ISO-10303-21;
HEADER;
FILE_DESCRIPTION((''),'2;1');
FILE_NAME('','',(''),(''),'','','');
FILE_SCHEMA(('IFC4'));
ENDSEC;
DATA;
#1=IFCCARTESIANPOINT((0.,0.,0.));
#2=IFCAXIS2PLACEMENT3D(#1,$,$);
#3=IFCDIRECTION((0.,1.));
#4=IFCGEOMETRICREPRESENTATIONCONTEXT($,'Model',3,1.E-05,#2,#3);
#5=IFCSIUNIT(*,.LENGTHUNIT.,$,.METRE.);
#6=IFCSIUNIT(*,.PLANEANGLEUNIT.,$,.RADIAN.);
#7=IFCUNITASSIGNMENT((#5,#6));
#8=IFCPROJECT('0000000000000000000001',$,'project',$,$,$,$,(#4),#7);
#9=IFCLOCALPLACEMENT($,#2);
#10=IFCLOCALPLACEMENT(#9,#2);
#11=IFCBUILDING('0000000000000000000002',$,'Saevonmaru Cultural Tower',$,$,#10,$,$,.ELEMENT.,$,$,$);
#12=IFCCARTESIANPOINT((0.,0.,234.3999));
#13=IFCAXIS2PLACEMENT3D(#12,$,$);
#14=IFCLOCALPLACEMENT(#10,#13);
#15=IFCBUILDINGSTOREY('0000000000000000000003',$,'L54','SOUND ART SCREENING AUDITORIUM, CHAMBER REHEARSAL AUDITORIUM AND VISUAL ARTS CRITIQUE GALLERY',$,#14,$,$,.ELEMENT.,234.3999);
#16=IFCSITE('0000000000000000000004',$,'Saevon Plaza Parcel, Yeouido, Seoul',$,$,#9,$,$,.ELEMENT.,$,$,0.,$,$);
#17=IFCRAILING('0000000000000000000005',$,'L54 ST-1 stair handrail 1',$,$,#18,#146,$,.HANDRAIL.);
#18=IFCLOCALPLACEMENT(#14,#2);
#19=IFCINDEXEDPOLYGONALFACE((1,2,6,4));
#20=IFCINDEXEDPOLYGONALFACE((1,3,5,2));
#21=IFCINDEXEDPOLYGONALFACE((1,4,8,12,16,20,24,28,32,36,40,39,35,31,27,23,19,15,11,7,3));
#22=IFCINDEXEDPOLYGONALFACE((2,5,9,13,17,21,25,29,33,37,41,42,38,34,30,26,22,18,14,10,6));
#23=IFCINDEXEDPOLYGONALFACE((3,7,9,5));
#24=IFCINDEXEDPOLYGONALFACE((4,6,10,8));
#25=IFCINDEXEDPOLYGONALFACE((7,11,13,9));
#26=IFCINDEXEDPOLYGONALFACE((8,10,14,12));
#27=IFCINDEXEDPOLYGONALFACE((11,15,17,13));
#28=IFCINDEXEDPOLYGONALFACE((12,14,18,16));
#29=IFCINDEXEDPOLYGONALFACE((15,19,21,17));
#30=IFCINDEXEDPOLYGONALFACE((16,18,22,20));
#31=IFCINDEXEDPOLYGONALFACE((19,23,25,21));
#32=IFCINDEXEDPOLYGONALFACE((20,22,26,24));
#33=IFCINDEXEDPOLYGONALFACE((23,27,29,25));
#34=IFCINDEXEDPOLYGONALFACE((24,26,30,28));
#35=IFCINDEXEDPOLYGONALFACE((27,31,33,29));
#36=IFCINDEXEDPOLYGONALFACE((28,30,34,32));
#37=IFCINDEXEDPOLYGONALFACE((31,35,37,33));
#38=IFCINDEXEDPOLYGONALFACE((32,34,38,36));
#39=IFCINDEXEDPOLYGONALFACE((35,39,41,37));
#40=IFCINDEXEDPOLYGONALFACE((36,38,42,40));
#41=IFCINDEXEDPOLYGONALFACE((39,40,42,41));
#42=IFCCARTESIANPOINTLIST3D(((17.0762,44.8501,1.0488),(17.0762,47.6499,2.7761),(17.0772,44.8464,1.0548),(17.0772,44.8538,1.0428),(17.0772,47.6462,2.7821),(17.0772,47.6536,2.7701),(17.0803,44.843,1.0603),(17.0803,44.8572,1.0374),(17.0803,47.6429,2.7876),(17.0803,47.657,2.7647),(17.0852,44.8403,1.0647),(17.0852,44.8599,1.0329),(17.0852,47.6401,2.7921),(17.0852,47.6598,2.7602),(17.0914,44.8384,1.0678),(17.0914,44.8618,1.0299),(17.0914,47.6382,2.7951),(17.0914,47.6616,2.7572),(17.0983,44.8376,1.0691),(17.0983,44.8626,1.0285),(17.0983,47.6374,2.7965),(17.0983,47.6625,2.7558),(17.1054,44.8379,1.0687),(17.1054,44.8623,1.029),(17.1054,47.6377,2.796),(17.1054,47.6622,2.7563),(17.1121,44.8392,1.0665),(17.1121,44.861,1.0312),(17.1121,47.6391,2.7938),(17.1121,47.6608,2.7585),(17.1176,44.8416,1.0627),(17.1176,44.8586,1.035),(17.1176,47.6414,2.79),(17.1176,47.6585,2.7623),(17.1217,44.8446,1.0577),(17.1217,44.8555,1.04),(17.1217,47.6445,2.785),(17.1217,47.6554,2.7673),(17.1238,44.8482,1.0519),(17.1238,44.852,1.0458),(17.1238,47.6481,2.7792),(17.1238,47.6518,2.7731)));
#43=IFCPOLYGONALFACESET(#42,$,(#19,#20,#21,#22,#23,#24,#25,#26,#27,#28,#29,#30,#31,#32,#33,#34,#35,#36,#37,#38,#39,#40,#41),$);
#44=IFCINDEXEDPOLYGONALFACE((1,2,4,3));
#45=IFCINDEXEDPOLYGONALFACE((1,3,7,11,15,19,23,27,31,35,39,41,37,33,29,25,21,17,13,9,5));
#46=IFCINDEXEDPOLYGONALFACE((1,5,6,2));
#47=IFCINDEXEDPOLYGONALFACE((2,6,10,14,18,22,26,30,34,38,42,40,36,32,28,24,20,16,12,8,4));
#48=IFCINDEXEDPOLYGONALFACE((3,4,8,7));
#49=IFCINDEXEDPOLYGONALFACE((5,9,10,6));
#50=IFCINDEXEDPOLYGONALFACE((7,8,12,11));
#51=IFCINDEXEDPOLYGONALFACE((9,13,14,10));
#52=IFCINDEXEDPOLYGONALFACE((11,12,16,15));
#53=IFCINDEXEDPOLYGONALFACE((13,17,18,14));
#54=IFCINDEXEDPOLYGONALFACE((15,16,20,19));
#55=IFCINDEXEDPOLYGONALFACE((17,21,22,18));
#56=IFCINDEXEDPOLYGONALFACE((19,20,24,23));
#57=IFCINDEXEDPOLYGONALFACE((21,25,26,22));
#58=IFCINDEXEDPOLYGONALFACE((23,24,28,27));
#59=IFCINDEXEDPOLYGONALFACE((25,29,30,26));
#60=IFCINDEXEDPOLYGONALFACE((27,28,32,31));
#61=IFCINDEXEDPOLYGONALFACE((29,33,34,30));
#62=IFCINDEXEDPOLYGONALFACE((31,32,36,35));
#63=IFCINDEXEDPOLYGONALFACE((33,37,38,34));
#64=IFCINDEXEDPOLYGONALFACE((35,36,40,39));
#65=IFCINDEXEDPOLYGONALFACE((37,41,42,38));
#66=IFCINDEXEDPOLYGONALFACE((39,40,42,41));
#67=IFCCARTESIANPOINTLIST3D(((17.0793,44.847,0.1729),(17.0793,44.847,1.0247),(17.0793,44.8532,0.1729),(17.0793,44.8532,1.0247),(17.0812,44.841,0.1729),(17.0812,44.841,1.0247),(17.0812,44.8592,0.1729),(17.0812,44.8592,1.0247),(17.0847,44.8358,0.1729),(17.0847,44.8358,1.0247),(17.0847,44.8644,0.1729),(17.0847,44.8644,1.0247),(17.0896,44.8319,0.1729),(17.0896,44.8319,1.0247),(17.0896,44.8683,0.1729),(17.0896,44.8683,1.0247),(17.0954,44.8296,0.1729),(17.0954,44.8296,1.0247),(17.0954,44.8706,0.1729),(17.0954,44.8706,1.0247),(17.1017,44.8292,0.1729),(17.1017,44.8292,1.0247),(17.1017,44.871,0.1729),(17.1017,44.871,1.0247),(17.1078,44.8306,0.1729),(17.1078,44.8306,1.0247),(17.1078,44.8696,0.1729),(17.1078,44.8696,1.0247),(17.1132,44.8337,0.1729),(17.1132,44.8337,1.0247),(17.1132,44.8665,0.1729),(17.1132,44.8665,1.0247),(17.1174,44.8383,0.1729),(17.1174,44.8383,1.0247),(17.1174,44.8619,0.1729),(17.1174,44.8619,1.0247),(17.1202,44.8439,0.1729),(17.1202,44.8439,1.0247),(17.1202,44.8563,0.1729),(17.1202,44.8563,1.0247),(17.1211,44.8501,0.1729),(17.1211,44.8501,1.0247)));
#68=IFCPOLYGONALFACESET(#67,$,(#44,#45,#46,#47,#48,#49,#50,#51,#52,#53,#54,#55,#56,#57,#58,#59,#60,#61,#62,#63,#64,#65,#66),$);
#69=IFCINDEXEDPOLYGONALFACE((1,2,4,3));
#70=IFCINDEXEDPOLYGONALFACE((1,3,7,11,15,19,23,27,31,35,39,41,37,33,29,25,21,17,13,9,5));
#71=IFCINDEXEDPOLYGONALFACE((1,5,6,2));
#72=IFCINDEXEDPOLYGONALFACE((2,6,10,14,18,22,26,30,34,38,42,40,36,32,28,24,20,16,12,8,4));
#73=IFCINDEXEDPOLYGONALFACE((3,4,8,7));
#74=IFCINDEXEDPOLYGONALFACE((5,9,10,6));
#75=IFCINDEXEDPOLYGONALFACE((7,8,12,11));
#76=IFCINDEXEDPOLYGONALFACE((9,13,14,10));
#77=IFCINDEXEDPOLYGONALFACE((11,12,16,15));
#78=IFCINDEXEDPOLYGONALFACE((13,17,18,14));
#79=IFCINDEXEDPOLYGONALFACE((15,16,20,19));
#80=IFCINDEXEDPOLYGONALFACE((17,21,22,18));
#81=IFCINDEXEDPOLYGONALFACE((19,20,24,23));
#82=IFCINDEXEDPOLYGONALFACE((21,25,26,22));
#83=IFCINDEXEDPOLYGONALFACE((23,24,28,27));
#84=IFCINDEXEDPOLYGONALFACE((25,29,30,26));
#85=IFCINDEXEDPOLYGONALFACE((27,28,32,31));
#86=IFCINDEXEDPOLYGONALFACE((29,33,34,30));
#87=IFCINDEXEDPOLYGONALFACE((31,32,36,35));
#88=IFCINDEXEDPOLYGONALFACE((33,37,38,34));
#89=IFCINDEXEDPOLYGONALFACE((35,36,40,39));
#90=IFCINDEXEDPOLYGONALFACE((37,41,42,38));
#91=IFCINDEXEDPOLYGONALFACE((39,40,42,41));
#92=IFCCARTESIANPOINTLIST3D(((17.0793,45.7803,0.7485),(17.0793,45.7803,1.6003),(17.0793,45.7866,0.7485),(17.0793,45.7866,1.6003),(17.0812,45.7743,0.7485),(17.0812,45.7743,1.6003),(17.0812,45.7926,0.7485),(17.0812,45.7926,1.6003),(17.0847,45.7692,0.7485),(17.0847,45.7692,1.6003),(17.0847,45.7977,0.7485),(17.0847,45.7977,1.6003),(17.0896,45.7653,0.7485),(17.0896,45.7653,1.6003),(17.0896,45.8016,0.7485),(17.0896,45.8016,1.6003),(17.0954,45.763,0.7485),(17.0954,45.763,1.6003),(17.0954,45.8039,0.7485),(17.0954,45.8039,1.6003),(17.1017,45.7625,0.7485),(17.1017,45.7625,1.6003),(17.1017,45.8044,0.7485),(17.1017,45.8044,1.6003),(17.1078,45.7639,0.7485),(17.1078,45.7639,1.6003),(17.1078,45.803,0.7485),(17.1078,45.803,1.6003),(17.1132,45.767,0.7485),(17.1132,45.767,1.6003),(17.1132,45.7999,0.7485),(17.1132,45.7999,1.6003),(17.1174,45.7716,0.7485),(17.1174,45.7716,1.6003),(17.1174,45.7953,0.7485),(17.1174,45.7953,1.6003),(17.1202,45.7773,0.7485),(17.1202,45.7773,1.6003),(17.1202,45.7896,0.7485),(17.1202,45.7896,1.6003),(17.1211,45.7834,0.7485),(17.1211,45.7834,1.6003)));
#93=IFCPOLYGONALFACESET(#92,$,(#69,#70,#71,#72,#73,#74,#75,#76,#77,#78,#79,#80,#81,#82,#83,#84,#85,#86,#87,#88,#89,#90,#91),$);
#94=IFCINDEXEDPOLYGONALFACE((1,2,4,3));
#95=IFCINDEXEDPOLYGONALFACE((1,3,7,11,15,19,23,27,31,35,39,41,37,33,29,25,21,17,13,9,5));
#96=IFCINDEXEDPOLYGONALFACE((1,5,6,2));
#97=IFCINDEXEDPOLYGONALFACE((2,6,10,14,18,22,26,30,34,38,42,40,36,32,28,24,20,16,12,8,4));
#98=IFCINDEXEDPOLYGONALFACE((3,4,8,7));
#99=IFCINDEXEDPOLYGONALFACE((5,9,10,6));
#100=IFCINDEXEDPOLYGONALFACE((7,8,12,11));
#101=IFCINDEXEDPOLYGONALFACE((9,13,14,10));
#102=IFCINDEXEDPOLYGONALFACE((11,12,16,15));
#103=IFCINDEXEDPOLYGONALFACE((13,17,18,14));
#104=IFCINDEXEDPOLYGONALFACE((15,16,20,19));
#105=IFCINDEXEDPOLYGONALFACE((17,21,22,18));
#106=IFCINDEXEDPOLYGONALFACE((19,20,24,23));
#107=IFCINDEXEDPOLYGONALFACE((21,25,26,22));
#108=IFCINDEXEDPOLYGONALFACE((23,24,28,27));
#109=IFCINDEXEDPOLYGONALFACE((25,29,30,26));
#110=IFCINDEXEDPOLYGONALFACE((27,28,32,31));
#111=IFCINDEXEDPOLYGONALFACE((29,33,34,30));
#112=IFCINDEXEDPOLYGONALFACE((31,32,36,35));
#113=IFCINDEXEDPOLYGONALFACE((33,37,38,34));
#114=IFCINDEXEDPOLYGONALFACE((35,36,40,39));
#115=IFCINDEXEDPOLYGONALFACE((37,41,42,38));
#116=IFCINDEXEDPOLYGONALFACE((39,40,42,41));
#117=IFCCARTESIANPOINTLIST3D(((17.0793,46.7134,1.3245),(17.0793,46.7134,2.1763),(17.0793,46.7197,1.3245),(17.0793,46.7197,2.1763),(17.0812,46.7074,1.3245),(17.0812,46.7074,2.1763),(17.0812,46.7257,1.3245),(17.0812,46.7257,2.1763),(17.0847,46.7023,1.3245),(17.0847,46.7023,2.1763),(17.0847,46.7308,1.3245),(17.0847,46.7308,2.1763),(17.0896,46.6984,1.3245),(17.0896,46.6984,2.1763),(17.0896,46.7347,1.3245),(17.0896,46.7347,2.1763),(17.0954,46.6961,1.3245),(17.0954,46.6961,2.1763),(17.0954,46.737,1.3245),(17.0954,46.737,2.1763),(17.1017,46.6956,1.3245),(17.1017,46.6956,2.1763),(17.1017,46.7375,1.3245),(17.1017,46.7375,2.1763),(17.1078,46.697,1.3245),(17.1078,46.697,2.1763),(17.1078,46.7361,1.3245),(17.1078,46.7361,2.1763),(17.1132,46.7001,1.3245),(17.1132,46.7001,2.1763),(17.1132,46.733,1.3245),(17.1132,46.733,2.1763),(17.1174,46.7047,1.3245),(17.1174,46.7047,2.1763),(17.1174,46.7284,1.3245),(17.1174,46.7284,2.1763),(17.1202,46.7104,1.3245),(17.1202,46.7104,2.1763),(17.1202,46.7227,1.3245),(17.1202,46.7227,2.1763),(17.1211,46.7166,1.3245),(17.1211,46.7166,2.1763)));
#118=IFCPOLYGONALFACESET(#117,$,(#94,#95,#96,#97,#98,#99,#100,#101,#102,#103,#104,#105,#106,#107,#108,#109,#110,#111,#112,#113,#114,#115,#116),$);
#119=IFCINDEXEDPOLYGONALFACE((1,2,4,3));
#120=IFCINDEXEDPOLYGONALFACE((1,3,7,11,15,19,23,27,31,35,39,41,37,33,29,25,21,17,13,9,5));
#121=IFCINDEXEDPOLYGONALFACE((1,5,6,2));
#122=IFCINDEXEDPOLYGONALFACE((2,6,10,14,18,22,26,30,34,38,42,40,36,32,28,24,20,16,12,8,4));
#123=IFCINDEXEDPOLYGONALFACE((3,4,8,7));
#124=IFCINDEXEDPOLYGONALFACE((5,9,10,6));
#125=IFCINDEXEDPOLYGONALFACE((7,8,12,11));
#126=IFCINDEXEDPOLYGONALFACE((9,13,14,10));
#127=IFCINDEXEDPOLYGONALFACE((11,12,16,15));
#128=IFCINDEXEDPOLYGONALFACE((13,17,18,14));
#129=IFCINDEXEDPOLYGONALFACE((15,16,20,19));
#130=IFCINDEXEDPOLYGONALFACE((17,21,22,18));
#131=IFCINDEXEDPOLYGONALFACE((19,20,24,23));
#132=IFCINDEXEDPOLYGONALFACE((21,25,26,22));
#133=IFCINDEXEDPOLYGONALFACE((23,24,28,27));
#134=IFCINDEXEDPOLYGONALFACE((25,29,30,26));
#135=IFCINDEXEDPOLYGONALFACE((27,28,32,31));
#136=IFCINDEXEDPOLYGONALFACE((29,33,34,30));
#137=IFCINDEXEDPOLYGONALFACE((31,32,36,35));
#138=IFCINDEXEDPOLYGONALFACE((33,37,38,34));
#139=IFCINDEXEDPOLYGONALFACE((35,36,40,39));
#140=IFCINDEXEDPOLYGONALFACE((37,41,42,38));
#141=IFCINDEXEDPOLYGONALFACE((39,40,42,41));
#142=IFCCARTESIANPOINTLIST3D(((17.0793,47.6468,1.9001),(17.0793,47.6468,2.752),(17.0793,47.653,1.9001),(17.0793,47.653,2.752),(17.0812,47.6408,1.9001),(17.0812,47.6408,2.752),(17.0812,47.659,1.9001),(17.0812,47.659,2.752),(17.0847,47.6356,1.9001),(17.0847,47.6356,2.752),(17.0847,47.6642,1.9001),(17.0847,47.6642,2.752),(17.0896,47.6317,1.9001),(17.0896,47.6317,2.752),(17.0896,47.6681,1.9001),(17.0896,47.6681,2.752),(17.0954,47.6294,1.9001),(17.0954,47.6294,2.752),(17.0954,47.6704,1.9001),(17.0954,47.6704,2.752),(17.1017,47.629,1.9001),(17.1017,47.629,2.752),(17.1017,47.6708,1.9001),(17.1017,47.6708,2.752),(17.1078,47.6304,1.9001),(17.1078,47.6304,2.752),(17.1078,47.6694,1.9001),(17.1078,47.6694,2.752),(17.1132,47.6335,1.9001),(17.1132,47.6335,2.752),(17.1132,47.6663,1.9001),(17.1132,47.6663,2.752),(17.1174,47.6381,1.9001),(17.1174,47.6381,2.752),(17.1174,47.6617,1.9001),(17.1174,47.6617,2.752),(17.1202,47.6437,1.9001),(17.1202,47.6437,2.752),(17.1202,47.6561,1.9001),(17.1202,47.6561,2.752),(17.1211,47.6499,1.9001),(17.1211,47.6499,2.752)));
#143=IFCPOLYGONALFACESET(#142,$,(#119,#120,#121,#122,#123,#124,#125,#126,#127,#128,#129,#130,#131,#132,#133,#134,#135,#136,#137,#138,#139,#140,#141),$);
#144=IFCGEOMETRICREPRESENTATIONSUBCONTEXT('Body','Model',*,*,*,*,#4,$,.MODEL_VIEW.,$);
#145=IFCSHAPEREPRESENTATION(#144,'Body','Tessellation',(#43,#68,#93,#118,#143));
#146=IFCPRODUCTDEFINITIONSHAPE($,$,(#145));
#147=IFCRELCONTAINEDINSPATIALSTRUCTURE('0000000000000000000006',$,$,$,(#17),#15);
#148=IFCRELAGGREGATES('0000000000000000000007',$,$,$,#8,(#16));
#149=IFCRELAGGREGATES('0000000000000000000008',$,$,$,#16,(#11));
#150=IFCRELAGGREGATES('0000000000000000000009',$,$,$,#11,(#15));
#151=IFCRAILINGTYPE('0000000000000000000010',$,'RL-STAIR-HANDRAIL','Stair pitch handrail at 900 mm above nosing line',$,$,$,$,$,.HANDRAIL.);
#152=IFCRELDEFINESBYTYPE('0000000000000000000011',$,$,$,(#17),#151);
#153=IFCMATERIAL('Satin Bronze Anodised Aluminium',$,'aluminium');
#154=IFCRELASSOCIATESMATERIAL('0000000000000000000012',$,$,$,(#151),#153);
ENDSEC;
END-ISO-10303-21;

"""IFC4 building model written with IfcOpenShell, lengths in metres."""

from ifc_helpers import new_model, si_unit, direction, frame, origin, origin_2d, place, context, subcontext, project, spatial, circle, extrude, material, type_object, element, save


model = new_model("IFC4")

# Units and contexts
model_context = context("Model", 3, precision=1e-05, world=origin(), true_north=direction((0.0, 1.0)))
body_context = subcontext(model_context, "Body", "Model", "MODEL_VIEW")
ifc_project = project(units=[si_unit("LENGTHUNIT", "METRE"), si_unit("PLANEANGLEUNIT", "RADIAN")], contexts=[model_context])

# Site, building, storey
site_placement = place(None, origin())
site = spatial("IfcSite", under=ifc_project, at=site_placement, Name="Saevon Plaza Parcel, Yeouido, Seoul", CompositionType="ELEMENT", RefElevation=0.0)
building_placement = place(site_placement, origin())
building = spatial("IfcBuilding", under=site, at=building_placement, Name="Saevonmaru Cultural Tower", CompositionType="ELEMENT")
storey_placement = place(building_placement, frame((0.0, 0.0, 234.3999)))
storey = spatial("IfcBuildingStorey", under=building, at=storey_placement, Name="L54", Description="SOUND ART SCREENING AUDITORIUM, CHAMBER REHEARSAL AUDITORIUM AND VISUAL ARTS CRITIQUE GALLERY", CompositionType="ELEMENT", Elevation=234.3999)

# Shared definitions
ifc_material_1 = material(Name="Satin Bronze Anodised Aluminium", Category="aluminium")

# Railing
railing_type_1 = type_object("IfcRailingType", Name="RL-STAIR-HANDRAIL", Description="Stair pitch handrail at 900 mm above nosing line", PredefinedType="HANDRAIL", material=ifc_material_1)
railing_1_placement = place(storey_placement, frame((17.1001, 44.8501, 0.1729)))
element("IfcRailing", 1, at=railing_1_placement, inside=storey, type_object=railing_type_1, Name="L54 ST-1 stair handrail 1", PredefinedType="HANDRAIL", context=body_context, shape_type="SweptSolid", body=[
    extrude(circle(Radius=0.0239, at=origin_2d()), frame((0.0, 0.0, 0.876), z_axis=(0.0, 0.851069, 0.525054), x_axis=(-1.0, 0.0, 0.0)), (0.0, 0.0, 1.0), 3.2898),
    extrude(circle(Radius=0.021, at=origin_2d()), origin(), (0.0, 0.0, 1.0), 0.8518),
    extrude(circle(Radius=0.021, at=origin_2d()), frame((0.0, 0.9333, 0.5757)), (0.0, 0.0, 1.0), 0.8518),
    extrude(circle(Radius=0.021, at=origin_2d()), frame((0.0, 1.8665, 1.1516)), (0.0, 0.0, 1.0), 0.8518),
    extrude(circle(Radius=0.021, at=origin_2d()), frame((0.0, 2.7998, 1.7273)), (0.0, 0.0, 1.0), 0.8518),
])

save(model, "model.ifc")
